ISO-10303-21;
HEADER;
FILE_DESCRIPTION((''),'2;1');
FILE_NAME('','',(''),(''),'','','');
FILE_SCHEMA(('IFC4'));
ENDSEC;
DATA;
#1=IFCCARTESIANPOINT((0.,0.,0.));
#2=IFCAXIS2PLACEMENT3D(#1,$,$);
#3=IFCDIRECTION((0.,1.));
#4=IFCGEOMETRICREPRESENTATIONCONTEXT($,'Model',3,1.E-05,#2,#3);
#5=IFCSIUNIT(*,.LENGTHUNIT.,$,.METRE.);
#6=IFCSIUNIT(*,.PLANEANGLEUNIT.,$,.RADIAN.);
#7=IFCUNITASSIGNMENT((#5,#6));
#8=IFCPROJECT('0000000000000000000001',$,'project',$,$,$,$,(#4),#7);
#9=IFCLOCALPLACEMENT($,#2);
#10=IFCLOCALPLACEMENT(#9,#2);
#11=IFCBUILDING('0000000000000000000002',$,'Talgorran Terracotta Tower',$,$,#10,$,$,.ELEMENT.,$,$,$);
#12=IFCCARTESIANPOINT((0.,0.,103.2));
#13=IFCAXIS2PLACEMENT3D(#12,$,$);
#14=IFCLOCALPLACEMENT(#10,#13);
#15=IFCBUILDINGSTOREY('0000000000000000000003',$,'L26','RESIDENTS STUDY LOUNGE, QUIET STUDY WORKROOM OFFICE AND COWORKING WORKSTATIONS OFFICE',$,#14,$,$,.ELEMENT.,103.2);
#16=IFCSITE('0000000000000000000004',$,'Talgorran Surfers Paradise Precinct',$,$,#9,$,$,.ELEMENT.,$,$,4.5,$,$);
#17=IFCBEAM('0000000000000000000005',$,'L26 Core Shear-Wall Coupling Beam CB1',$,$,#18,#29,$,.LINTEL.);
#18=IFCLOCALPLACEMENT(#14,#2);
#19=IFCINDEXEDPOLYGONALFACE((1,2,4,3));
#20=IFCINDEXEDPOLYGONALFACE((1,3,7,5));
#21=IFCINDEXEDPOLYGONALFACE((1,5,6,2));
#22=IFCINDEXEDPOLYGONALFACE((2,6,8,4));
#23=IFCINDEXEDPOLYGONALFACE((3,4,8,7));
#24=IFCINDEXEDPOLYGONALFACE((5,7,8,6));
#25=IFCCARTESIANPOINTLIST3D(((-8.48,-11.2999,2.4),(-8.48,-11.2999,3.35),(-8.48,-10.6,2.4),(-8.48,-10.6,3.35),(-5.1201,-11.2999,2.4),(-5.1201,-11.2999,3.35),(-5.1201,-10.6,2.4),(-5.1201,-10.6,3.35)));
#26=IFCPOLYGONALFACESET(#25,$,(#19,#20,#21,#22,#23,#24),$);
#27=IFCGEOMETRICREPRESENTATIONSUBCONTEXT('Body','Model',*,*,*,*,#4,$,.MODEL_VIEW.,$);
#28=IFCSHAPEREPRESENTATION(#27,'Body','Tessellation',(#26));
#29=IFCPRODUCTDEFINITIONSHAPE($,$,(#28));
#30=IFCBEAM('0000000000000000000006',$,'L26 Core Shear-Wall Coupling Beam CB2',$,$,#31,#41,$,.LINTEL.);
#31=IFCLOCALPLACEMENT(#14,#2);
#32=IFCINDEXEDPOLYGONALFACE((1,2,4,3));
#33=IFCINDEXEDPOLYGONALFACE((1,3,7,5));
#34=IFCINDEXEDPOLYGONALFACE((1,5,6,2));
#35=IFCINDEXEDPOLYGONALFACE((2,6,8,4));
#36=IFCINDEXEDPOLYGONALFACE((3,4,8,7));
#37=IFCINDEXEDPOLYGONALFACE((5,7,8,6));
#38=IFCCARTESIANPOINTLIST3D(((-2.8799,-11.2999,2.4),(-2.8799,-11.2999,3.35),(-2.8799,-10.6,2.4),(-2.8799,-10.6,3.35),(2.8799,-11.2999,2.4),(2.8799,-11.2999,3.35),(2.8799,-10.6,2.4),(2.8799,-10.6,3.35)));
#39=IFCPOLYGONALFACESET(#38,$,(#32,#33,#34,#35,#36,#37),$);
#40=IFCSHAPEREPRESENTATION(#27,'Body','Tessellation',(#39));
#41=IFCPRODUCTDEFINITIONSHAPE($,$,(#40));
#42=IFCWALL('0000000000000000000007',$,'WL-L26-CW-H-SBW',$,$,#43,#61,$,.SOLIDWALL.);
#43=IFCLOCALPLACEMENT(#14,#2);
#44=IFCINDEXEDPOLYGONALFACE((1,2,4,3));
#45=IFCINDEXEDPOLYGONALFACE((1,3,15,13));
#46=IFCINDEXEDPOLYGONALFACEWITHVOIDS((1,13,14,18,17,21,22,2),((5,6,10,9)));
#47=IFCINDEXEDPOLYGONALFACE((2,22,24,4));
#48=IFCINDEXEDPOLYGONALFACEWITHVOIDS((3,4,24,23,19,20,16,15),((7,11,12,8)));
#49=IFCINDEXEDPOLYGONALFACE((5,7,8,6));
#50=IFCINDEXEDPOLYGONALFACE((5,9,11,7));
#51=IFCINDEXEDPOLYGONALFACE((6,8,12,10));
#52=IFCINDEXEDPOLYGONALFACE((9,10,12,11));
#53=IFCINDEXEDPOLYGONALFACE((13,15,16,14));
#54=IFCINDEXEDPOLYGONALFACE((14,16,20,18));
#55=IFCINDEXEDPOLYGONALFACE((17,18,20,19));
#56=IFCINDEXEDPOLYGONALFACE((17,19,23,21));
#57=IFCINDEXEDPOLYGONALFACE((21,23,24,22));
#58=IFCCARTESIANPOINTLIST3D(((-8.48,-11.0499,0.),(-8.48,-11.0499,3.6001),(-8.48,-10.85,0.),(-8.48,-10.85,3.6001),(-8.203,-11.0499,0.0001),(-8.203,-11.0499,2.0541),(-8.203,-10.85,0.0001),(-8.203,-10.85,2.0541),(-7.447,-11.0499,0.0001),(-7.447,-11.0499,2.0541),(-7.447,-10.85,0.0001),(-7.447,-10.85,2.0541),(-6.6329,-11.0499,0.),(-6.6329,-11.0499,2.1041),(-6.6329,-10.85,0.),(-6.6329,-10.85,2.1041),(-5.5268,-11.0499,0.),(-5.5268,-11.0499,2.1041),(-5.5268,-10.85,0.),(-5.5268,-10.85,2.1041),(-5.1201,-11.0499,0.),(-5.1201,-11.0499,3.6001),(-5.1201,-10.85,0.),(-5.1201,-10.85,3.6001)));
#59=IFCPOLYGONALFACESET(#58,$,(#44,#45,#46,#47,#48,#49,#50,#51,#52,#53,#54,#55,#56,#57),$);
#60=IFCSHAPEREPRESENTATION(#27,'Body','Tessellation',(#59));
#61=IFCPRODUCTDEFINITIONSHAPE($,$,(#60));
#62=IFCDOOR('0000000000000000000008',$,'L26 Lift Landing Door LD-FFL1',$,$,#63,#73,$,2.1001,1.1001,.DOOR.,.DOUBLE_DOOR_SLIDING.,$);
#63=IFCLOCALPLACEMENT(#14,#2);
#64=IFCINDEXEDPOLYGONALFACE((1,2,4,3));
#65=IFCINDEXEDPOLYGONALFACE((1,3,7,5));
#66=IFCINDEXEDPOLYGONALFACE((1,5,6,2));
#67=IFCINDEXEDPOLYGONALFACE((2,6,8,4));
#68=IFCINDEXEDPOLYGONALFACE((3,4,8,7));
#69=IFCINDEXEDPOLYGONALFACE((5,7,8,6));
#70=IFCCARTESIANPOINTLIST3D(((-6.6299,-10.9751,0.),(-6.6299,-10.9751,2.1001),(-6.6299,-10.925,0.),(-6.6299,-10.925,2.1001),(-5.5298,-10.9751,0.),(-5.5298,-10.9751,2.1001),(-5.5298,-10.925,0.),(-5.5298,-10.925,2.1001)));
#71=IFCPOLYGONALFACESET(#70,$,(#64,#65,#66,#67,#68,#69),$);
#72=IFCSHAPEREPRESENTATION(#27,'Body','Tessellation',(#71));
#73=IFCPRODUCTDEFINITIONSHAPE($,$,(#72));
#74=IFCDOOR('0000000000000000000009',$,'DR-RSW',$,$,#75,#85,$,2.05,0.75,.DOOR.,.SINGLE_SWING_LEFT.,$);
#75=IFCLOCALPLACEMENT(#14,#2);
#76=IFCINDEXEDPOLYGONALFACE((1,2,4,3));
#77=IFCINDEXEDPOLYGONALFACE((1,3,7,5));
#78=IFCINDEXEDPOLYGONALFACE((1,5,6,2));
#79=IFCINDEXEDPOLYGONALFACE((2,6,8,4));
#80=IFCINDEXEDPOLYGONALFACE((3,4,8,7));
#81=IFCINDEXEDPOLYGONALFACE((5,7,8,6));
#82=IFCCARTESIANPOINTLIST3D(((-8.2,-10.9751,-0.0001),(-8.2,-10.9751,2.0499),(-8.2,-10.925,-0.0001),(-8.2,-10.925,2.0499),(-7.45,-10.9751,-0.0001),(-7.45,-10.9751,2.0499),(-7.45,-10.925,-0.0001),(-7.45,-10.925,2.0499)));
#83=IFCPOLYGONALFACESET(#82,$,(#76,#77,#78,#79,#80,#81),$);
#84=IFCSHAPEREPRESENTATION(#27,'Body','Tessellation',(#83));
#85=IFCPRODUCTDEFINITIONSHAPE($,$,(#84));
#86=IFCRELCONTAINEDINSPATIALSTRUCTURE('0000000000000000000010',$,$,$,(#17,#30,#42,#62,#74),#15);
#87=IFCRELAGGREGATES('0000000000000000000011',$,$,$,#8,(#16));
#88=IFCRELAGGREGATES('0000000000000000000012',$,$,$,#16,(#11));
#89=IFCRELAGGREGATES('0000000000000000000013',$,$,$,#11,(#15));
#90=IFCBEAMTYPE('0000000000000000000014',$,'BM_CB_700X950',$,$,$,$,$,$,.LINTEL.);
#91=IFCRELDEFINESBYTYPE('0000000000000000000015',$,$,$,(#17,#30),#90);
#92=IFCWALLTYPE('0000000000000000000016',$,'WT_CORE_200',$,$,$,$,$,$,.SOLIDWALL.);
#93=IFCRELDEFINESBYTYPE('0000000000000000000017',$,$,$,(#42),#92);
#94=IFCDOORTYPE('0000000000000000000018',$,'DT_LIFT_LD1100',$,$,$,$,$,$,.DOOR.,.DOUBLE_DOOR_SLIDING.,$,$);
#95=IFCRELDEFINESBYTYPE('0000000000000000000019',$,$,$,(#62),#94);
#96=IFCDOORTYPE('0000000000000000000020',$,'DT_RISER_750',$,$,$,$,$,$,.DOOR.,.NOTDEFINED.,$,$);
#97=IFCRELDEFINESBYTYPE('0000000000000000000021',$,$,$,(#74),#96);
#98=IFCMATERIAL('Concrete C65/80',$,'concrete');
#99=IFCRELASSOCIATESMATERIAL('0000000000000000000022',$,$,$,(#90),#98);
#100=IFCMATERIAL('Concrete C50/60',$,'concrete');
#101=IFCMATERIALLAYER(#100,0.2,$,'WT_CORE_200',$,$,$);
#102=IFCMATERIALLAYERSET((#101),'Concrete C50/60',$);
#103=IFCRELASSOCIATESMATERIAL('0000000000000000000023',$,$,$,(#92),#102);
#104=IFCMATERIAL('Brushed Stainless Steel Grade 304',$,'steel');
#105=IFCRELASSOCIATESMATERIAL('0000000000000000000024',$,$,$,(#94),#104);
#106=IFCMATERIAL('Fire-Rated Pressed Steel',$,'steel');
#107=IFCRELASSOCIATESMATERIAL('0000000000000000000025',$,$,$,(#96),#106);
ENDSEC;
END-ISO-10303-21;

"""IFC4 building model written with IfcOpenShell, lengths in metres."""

from ifc_helpers import new_model, si_unit, direction, frame, frame_2d, origin, origin_2d, place, context, subcontext, project, spatial, rectangle, extrude, material, layer, layer_set, material_profile, profile_set, type_object, element, fill, save


model = new_model("IFC4")

# Units and contexts
model_context = context("Model", 3, precision=1e-05, world=origin(), true_north=direction((0.0, 1.0)))
body_context = subcontext(model_context, "Body", "Model", "MODEL_VIEW")
ifc_project = project(units=[si_unit("LENGTHUNIT", "METRE"), si_unit("PLANEANGLEUNIT", "RADIAN")], contexts=[model_context])

# Site, building, storey
site_placement = place(None, origin())
site = spatial("IfcSite", under=ifc_project, at=site_placement, Name="Talgorran Surfers Paradise Precinct", CompositionType="ELEMENT", RefElevation=4.5)
building_placement = place(site_placement, origin())
building = spatial("IfcBuilding", under=site, at=building_placement, Name="Talgorran Terracotta Tower", CompositionType="ELEMENT")
storey_placement = place(building_placement, frame((0.0, 0.0, 103.2)))
storey = spatial("IfcBuildingStorey", under=building, at=storey_placement, Name="L26", Description="RESIDENTS STUDY LOUNGE, QUIET STUDY WORKROOM OFFICE AND COWORKING WORKSTATIONS OFFICE", CompositionType="ELEMENT", Elevation=103.2)

# Beams
ifc_material_1 = material(Name="Concrete C65/80", Category="concrete")
ifc_material_profile = material_profile(ifc_material_1, rectangle(XDim=0.7, YDim=0.95, at=origin_2d()), Name="RCCB700X950")
ifc_profile_set = profile_set([ifc_material_profile], Name="Concrete C65/80")
beam_type = type_object("IfcBeamType", Name="BM_CB_700X950", PredefinedType="LINTEL", material=ifc_profile_set)
beam_1_placement = place(storey_placement, frame((-8.48, -10.95, 2.875), z_axis=(1.0, 0.0, 0.0), x_axis=(0.0, 1.0, 0.0)))
element("IfcBeam", 1, at=beam_1_placement, inside=storey, type_object=beam_type, Name="L26 Core Shear-Wall Coupling Beam CB1", PredefinedType="LINTEL", context=body_context, shape_type="SweptSolid", body=[
    extrude(rectangle(XDim=0.7, YDim=0.95, at=origin_2d()), origin(), (0.0, 0.0, 1.0), 3.3599),
])
beam_2_placement = place(storey_placement, frame((-2.8799, -10.95, 2.875), z_axis=(1.0, 0.0, 0.0), x_axis=(0.0, 1.0, 0.0)))
element("IfcBeam", 2, at=beam_2_placement, inside=storey, type_object=beam_type, Name="L26 Core Shear-Wall Coupling Beam CB2", PredefinedType="LINTEL", context=body_context, shape_type="SweptSolid", body=[
    extrude(rectangle(XDim=0.7, YDim=0.95, at=origin_2d()), origin(), (0.0, 0.0, 1.0), 5.7598),
])

# Wall, openings, doors
ifc_material_2 = material(Name="Concrete C50/60", Category="concrete")
ifc_layer_1 = layer(ifc_material_2, 0.2, Name="WT_CORE_200")
ifc_layer_set_1 = layer_set([ifc_layer_1], Name="Concrete C50/60")
wall_type_1 = type_object("IfcWallType", Name="WT_CORE_200", PredefinedType="SOLIDWALL", material=ifc_layer_set_1)
wall_1_placement = place(storey_placement, frame((-8.48, -10.95, 0.0), z_axis=(0.0, 0.0, 1.0), x_axis=(1.0, 0.0, 0.0)))
wall_1 = element("IfcWall", 3, at=wall_1_placement, inside=storey, type_object=wall_type_1, Name="WL-L26-CW-H-SBW", PredefinedType="SOLIDWALL", context=body_context, shape_type="SweptSolid", body=[
    extrude(rectangle(XDim=3.3599, YDim=0.2, at=frame_2d((1.6799, 0.0))), origin(), (0.0, 0.0, 1.0), 3.6001),
])
opening_1_placement = place(wall_1_placement, frame((0.28, 0.0, 0.0)))
opening_1 = element("IfcOpeningElement", 4, at=opening_1_placement, cuts=wall_1, PredefinedType="OPENING", context=body_context, shape_type="SweptSolid", body=[
    extrude(rectangle(XDim=0.756, YDim=2.054, at=frame_2d((0.375, 1.0271))), frame((0.0, 0.1099, 0.0), z_axis=(0.0, -1.0, 0.0), x_axis=(1.0, 0.0, 0.0)), (0.0, 0.0, 1.0), 0.22),
])
opening_2_placement = place(wall_1_placement, frame((1.8501, 0.0, 0.0)))
opening_2 = element("IfcOpeningElement", 5, at=opening_2_placement, cuts=wall_1, PredefinedType="OPENING", context=body_context, shape_type="SweptSolid", body=[
    extrude(rectangle(XDim=1.1061, YDim=2.1041, at=frame_2d((0.55, 1.052))), frame((0.0, 0.1099, 0.0), z_axis=(0.0, -1.0, 0.0), x_axis=(1.0, 0.0, 0.0)), (0.0, 0.0, 1.0), 0.22),
])
ifc_material_3 = material(Name="Brushed Stainless Steel Grade 304", Category="steel")
door_type_1 = type_object("IfcDoorType", Name="DT_LIFT_LD1100", OperationType="DOUBLE_DOOR_SLIDING", PredefinedType="DOOR", material=ifc_material_3)
door_1_placement = place(opening_2_placement, origin())
door_1 = element("IfcDoor", 6, at=door_1_placement, inside=storey, type_object=door_type_1, Name="L26 Lift Landing Door LD-FFL1", OperationType="DOUBLE_DOOR_SLIDING", OverallHeight=2.1001, OverallWidth=1.1001, PredefinedType="DOOR", context=body_context, shape_type="SweptSolid", body=[
    extrude(rectangle(XDim=1.1001, YDim=2.1001, at=frame_2d((0.55, 1.05))), frame((0.0, 0.0249, 0.0), z_axis=(0.0, -1.0, 0.0), x_axis=(1.0, 0.0, 0.0)), (0.0, 0.0, 1.0), 0.05),
])
fill(opening_2, door_1)
ifc_material_4 = material(Name="Fire-Rated Pressed Steel", Category="steel")
door_type_2 = type_object("IfcDoorType", Name="DT_RISER_750", OperationType="NOTDEFINED", PredefinedType="DOOR", material=ifc_material_4)
door_2_placement = place(opening_1_placement, origin())
door_2 = element("IfcDoor", 7, at=door_2_placement, inside=storey, type_object=door_type_2, Name="DR-RSW", OperationType="SINGLE_SWING_LEFT", OverallHeight=2.05, OverallWidth=0.75, PredefinedType="DOOR", context=body_context, shape_type="SweptSolid", body=[
    extrude(rectangle(XDim=0.75, YDim=2.05, at=frame_2d((0.375, 1.0249))), frame((0.0, 0.0249, 0.0), z_axis=(0.0, -1.0, 0.0), x_axis=(1.0, 0.0, 0.0)), (0.0, 0.0, 1.0), 0.05),
])
fill(opening_1, door_2)

save(model, "model.ifc")
